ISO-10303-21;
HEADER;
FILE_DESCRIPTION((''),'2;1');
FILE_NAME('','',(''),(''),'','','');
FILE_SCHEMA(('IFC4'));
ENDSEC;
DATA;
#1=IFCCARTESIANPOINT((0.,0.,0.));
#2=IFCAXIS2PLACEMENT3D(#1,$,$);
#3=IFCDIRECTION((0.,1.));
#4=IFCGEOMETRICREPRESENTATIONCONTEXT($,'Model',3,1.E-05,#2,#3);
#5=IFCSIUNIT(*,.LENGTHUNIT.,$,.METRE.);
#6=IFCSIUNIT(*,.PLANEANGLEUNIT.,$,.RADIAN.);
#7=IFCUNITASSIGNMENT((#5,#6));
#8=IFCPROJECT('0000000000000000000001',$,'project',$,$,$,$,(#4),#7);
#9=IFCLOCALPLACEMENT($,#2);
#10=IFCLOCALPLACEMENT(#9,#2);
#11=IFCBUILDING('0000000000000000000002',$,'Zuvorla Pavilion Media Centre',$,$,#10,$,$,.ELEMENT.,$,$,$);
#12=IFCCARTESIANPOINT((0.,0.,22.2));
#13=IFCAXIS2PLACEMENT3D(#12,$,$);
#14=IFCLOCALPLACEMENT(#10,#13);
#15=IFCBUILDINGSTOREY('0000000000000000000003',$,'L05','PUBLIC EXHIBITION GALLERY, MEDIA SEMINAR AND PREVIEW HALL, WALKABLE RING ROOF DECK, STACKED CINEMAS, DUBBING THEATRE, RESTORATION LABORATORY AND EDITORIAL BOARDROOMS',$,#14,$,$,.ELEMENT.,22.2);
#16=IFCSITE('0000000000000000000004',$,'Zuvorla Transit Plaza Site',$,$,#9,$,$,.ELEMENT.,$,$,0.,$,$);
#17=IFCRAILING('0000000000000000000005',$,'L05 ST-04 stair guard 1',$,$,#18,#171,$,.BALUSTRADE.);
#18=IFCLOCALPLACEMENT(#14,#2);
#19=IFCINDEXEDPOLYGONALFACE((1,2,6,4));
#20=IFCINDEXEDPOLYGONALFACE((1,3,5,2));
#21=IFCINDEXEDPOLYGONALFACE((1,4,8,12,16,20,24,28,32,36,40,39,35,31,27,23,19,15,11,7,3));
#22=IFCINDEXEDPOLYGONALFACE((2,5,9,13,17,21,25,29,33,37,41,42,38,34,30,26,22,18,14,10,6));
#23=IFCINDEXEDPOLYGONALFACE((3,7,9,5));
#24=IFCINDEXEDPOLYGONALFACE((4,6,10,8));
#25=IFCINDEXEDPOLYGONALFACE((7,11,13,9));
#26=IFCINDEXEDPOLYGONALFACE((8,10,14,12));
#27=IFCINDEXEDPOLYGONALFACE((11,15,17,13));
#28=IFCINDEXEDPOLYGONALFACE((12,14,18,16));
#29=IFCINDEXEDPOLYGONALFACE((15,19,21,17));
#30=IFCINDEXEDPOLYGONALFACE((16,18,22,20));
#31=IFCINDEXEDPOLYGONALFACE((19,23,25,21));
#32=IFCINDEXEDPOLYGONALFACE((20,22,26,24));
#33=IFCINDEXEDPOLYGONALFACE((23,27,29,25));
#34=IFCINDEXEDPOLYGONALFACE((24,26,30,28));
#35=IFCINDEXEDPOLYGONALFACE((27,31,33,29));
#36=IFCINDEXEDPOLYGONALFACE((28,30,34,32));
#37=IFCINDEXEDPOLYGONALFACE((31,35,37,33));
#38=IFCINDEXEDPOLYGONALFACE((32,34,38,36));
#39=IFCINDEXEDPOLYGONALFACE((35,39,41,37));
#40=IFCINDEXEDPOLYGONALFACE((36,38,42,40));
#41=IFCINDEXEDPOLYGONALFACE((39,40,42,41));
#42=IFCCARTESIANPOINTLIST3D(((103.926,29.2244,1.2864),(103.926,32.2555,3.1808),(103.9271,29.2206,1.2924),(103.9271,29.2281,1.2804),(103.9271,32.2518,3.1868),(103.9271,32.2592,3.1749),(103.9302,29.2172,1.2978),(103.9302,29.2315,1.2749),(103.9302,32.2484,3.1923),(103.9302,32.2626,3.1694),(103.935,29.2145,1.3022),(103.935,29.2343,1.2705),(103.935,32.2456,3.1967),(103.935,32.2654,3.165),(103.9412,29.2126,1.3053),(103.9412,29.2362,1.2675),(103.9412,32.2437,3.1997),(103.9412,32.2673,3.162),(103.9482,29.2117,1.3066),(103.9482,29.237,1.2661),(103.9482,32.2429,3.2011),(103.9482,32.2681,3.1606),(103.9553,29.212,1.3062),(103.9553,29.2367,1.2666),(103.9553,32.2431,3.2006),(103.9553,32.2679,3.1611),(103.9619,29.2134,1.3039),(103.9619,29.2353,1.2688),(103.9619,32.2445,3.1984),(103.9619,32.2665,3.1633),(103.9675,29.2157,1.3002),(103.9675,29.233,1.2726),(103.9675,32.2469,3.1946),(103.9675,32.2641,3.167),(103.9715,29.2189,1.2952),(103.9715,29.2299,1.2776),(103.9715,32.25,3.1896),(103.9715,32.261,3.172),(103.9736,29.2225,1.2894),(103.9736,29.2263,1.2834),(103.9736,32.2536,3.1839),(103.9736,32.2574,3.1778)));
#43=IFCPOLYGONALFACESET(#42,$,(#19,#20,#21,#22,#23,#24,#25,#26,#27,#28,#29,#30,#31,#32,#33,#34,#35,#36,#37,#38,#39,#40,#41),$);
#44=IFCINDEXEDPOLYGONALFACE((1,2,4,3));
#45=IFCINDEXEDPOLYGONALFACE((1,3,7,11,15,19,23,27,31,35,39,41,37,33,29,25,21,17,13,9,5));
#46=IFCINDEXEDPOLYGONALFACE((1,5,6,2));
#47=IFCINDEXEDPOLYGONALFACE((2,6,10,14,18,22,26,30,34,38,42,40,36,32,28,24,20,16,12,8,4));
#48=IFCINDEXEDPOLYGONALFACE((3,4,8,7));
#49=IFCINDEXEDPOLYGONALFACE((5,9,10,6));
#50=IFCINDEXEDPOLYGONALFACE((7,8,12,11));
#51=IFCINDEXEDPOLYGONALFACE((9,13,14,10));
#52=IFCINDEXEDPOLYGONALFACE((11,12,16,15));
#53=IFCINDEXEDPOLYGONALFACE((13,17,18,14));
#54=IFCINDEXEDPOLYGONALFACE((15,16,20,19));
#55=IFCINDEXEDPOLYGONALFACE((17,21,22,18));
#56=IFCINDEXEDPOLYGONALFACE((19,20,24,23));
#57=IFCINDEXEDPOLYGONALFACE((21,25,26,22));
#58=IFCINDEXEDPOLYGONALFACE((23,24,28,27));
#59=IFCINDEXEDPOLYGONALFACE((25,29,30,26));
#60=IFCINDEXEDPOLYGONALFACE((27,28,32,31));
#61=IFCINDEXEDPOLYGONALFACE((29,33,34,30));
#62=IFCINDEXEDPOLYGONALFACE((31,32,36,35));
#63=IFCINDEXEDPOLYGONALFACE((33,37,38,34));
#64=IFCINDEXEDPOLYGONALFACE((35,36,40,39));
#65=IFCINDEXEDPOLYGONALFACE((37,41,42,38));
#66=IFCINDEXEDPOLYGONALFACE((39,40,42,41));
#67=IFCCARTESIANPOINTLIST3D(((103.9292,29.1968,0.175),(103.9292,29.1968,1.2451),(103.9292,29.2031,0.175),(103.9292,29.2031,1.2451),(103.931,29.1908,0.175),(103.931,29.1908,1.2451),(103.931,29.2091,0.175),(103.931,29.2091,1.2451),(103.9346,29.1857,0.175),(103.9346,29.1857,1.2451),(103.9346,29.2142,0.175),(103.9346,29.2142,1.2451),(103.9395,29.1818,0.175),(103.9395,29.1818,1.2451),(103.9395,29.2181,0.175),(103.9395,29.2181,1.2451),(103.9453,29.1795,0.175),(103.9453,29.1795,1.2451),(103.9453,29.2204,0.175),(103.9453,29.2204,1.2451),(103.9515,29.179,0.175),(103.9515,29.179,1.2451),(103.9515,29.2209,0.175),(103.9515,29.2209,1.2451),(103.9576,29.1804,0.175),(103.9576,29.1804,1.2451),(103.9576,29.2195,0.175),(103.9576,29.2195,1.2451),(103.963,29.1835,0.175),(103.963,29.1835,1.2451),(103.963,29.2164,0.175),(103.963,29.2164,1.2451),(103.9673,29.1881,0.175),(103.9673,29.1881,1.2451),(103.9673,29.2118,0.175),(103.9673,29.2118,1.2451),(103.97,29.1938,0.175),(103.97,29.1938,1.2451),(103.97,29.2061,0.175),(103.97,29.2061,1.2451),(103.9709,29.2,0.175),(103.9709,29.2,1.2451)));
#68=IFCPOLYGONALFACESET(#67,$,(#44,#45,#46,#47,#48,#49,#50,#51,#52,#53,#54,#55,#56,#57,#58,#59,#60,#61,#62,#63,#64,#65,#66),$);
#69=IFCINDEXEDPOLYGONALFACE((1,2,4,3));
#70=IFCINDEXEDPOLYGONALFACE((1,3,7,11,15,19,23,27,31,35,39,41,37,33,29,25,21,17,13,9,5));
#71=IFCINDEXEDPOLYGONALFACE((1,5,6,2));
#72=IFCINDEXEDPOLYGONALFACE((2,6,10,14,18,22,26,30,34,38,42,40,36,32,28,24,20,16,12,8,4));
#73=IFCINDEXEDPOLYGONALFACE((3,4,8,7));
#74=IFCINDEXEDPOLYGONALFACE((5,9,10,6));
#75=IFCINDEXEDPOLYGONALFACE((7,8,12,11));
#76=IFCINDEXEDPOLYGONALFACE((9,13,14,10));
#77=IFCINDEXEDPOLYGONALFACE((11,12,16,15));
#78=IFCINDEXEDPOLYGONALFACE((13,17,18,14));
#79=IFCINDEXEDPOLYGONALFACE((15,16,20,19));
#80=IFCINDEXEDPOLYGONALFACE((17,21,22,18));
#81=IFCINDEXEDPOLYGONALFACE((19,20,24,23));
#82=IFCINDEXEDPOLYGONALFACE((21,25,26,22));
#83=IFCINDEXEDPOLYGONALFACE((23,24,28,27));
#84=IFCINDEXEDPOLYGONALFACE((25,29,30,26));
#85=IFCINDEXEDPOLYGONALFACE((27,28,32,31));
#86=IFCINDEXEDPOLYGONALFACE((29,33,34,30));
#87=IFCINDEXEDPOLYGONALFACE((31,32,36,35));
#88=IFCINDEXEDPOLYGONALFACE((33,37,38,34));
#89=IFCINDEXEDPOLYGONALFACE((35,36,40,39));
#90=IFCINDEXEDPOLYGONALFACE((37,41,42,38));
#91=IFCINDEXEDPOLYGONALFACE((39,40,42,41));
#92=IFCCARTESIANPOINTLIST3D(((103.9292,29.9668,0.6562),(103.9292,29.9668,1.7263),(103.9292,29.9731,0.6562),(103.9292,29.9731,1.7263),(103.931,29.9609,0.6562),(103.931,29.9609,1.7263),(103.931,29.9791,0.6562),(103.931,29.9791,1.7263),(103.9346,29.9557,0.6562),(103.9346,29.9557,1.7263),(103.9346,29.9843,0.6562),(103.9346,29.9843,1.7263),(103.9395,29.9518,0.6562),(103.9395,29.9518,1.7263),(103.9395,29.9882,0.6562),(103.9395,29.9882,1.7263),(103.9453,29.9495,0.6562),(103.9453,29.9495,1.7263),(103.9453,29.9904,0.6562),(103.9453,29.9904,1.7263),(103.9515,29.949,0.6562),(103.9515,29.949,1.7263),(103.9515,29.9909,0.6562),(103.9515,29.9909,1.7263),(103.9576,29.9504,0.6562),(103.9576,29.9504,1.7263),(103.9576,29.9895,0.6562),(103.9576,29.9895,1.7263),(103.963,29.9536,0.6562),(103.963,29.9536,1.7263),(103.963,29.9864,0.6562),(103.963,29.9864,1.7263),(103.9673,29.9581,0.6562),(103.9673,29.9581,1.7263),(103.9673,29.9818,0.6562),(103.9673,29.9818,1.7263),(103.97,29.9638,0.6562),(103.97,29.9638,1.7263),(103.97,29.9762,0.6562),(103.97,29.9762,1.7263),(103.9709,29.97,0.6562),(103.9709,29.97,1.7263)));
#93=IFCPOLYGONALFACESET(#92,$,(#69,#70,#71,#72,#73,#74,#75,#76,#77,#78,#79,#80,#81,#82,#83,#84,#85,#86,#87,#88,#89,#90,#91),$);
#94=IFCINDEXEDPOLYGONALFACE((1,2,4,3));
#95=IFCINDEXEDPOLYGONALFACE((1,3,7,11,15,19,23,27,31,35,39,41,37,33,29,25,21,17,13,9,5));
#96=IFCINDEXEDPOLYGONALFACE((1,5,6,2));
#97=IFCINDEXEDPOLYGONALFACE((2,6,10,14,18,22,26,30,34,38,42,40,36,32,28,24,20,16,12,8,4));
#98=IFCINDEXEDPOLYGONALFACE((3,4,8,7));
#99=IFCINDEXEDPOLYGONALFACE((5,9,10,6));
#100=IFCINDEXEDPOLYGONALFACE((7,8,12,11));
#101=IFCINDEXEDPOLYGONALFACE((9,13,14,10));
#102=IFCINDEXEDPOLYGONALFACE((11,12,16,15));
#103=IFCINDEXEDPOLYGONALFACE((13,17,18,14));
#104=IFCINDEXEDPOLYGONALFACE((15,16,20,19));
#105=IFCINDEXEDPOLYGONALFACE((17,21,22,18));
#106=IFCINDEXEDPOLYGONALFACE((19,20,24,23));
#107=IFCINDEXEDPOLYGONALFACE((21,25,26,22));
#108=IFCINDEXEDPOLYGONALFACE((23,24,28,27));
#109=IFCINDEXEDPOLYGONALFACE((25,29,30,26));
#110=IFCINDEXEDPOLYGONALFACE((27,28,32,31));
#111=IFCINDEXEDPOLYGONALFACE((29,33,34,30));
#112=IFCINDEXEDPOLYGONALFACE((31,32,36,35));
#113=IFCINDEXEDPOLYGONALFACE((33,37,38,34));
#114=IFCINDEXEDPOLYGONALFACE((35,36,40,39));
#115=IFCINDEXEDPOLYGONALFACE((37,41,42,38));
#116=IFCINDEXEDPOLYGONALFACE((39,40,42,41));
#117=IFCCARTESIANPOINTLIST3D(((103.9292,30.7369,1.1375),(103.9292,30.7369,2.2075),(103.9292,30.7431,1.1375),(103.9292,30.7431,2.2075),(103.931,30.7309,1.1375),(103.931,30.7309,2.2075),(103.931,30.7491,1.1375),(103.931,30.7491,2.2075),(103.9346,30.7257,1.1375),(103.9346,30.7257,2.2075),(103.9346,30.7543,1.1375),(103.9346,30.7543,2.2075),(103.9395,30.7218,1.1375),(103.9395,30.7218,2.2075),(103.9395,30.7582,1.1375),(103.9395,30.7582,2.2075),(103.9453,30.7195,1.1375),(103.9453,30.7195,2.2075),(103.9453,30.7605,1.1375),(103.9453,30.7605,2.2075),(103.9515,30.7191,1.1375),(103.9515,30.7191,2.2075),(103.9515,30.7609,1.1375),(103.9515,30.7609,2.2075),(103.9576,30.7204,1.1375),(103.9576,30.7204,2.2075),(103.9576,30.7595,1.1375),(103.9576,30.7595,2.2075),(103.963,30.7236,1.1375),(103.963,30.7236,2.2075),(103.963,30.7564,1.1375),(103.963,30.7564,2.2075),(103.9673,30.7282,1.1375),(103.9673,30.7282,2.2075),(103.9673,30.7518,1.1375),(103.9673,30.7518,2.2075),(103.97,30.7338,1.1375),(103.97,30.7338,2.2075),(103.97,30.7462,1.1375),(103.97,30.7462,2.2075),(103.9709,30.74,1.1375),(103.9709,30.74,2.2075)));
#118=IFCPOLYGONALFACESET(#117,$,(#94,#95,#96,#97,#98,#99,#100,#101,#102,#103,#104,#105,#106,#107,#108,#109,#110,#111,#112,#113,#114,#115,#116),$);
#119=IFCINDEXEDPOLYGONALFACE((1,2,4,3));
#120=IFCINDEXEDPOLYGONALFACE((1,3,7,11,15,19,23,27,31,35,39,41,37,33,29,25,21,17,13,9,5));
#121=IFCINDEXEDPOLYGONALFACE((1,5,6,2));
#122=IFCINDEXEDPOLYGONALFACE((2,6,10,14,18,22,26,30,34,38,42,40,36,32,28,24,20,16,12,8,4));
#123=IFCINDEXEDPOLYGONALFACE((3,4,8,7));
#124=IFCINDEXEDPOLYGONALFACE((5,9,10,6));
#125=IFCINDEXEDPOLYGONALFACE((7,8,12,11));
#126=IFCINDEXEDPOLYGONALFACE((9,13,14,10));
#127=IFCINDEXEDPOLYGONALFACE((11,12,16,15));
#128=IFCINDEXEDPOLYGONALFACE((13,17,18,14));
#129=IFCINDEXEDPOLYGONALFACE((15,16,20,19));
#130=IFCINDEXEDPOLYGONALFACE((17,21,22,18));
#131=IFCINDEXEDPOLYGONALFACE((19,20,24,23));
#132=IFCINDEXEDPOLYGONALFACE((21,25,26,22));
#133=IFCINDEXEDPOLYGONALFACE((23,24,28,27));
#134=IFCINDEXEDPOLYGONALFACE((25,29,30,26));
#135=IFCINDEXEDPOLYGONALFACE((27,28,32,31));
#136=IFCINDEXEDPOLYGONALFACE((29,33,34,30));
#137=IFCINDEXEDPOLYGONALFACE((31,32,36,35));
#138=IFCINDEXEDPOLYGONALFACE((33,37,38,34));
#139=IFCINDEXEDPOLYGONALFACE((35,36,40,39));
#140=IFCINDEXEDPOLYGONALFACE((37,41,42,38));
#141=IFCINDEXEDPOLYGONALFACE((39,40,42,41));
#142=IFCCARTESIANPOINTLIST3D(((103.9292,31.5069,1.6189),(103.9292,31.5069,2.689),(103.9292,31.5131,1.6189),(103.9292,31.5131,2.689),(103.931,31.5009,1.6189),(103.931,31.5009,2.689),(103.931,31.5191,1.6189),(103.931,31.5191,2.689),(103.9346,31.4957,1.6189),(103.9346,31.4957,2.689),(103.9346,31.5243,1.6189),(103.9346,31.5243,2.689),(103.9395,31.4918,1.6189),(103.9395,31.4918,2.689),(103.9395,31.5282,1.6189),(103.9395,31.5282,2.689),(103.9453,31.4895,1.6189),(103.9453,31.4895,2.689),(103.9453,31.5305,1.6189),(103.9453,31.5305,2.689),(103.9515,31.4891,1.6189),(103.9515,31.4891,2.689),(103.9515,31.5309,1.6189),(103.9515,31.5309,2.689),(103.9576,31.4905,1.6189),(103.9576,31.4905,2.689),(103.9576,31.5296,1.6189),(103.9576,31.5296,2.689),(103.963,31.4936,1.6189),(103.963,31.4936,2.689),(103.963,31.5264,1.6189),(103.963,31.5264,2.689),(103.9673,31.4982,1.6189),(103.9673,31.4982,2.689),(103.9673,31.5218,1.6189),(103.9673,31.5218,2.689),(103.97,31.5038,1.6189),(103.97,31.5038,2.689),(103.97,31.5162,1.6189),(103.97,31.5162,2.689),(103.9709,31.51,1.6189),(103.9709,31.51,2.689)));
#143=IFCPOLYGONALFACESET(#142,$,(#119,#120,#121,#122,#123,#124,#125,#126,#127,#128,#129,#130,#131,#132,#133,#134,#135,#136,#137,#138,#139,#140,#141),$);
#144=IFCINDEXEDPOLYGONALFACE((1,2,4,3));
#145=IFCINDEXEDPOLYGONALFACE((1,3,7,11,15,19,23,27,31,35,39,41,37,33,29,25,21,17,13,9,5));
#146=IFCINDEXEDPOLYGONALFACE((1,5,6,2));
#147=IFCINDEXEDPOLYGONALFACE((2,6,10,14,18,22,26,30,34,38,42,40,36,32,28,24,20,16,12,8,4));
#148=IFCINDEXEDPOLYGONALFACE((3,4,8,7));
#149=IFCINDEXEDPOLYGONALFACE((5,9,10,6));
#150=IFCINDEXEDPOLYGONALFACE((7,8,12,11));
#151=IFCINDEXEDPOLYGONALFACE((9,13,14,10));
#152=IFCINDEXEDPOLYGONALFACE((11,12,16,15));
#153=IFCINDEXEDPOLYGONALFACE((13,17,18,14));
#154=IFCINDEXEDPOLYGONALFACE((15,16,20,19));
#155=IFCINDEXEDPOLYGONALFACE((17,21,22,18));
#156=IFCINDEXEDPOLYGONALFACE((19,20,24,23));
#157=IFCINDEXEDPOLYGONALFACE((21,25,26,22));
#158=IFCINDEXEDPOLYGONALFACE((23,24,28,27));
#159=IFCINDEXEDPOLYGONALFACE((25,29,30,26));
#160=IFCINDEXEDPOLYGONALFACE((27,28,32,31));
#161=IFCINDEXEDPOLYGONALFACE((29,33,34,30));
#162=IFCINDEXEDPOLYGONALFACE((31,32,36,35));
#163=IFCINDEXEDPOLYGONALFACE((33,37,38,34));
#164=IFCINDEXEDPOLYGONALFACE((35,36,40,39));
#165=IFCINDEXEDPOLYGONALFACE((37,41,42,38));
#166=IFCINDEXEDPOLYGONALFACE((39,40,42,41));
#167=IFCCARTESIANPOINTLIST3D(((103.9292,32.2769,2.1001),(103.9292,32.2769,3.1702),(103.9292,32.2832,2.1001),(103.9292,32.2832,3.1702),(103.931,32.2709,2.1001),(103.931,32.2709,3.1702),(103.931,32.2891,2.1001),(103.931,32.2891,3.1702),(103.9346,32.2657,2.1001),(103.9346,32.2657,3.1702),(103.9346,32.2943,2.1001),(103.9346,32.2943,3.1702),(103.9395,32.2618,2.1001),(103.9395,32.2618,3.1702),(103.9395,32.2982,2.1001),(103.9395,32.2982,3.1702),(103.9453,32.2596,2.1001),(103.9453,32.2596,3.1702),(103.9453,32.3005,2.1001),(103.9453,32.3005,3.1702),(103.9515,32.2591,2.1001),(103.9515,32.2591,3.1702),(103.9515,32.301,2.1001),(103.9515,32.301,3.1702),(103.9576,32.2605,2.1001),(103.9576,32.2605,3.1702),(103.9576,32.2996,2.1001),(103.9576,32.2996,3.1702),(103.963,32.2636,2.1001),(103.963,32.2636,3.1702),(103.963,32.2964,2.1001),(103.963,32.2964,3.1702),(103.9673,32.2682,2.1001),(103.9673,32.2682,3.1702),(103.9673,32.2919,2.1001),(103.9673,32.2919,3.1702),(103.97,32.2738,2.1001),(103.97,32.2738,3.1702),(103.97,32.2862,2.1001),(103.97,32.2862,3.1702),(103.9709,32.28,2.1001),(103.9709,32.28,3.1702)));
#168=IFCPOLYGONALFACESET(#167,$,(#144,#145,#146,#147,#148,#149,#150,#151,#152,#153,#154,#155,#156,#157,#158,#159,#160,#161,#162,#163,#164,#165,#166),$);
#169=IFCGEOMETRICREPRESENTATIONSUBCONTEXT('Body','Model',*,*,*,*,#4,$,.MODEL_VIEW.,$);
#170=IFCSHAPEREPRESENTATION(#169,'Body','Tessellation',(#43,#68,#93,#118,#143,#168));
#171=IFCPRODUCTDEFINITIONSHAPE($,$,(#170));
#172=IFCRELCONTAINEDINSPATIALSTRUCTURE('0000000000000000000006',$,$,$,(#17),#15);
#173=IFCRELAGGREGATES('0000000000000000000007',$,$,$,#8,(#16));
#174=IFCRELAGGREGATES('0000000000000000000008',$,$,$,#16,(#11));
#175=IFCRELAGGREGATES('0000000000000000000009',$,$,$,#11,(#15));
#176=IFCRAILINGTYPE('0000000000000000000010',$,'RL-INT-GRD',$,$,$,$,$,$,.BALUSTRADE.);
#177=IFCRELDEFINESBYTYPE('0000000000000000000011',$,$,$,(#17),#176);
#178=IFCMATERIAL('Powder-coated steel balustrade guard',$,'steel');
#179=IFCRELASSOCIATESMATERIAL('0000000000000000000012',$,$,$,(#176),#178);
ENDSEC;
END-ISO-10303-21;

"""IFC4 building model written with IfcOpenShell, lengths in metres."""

from ifc_helpers import new_model, si_unit, direction, frame, origin, origin_2d, place, context, subcontext, project, spatial, circle, extrude, material, type_object, element, save


model = new_model("IFC4")

# Units and contexts
model_context = context("Model", 3, precision=1e-05, world=origin(), true_north=direction((0.0, 1.0)))
body_context = subcontext(model_context, "Body", "Model", "MODEL_VIEW")
ifc_project = project(units=[si_unit("LENGTHUNIT", "METRE"), si_unit("PLANEANGLEUNIT", "RADIAN")], contexts=[model_context])

# Site, building, storey
site_placement = place(None, origin())
site = spatial("IfcSite", under=ifc_project, at=site_placement, Name="Zuvorla Transit Plaza Site", CompositionType="ELEMENT", RefElevation=0.0)
building_placement = place(site_placement, origin())
building = spatial("IfcBuilding", under=site, at=building_placement, Name="Zuvorla Pavilion Media Centre", CompositionType="ELEMENT")
storey_placement = place(building_placement, frame((0.0, 0.0, 22.2)))
storey = spatial("IfcBuildingStorey", under=building, at=storey_placement, Name="L05", Description="PUBLIC EXHIBITION GALLERY, MEDIA SEMINAR AND PREVIEW HALL, WALKABLE RING ROOF DECK, STACKED CINEMAS, DUBBING THEATRE, RESTORATION LABORATORY AND EDITORIAL BOARDROOMS", CompositionType="ELEMENT", Elevation=22.2)

# Railing
ifc_material_1 = material(Name="Powder-coated steel balustrade guard", Category="steel")
railing_type_1 = type_object("IfcRailingType", Name="RL-INT-GRD", PredefinedType="BALUSTRADE", material=ifc_material_1)
railing_1_placement = place(storey_placement, frame((103.95, 29.2, 0.175)))
element("IfcRailing", 1, at=railing_1_placement, inside=storey, type_object=railing_type_1, Name="L05 ST-04 stair guard 1", PredefinedType="BALUSTRADE", context=body_context, shape_type="SweptSolid", body=[
    extrude(circle(Radius=0.0239, at=origin_2d()), frame((0.0, 0.0244, 1.1113), z_axis=(0.0, 0.847998, 0.529999), x_axis=(-1.0, 0.0, 0.0)), (0.0, 0.0, 1.0), 3.5745),
    extrude(circle(Radius=0.021, at=origin_2d()), origin(), (0.0, 0.0, 1.0), 1.0701),
    extrude(circle(Radius=0.021, at=origin_2d()), frame((0.0, 0.77, 0.4812)), (0.0, 0.0, 1.0), 1.0701),
    extrude(circle(Radius=0.021, at=origin_2d()), frame((0.0, 1.54, 0.9624)), (0.0, 0.0, 1.0), 1.0701),
    extrude(circle(Radius=0.021, at=origin_2d()), frame((0.0, 2.3101, 1.4438)), (0.0, 0.0, 1.0), 1.0701),
    extrude(circle(Radius=0.021, at=origin_2d()), frame((0.0, 3.0801, 1.925)), (0.0, 0.0, 1.0), 1.0701),
])

save(model, "model.ifc")
